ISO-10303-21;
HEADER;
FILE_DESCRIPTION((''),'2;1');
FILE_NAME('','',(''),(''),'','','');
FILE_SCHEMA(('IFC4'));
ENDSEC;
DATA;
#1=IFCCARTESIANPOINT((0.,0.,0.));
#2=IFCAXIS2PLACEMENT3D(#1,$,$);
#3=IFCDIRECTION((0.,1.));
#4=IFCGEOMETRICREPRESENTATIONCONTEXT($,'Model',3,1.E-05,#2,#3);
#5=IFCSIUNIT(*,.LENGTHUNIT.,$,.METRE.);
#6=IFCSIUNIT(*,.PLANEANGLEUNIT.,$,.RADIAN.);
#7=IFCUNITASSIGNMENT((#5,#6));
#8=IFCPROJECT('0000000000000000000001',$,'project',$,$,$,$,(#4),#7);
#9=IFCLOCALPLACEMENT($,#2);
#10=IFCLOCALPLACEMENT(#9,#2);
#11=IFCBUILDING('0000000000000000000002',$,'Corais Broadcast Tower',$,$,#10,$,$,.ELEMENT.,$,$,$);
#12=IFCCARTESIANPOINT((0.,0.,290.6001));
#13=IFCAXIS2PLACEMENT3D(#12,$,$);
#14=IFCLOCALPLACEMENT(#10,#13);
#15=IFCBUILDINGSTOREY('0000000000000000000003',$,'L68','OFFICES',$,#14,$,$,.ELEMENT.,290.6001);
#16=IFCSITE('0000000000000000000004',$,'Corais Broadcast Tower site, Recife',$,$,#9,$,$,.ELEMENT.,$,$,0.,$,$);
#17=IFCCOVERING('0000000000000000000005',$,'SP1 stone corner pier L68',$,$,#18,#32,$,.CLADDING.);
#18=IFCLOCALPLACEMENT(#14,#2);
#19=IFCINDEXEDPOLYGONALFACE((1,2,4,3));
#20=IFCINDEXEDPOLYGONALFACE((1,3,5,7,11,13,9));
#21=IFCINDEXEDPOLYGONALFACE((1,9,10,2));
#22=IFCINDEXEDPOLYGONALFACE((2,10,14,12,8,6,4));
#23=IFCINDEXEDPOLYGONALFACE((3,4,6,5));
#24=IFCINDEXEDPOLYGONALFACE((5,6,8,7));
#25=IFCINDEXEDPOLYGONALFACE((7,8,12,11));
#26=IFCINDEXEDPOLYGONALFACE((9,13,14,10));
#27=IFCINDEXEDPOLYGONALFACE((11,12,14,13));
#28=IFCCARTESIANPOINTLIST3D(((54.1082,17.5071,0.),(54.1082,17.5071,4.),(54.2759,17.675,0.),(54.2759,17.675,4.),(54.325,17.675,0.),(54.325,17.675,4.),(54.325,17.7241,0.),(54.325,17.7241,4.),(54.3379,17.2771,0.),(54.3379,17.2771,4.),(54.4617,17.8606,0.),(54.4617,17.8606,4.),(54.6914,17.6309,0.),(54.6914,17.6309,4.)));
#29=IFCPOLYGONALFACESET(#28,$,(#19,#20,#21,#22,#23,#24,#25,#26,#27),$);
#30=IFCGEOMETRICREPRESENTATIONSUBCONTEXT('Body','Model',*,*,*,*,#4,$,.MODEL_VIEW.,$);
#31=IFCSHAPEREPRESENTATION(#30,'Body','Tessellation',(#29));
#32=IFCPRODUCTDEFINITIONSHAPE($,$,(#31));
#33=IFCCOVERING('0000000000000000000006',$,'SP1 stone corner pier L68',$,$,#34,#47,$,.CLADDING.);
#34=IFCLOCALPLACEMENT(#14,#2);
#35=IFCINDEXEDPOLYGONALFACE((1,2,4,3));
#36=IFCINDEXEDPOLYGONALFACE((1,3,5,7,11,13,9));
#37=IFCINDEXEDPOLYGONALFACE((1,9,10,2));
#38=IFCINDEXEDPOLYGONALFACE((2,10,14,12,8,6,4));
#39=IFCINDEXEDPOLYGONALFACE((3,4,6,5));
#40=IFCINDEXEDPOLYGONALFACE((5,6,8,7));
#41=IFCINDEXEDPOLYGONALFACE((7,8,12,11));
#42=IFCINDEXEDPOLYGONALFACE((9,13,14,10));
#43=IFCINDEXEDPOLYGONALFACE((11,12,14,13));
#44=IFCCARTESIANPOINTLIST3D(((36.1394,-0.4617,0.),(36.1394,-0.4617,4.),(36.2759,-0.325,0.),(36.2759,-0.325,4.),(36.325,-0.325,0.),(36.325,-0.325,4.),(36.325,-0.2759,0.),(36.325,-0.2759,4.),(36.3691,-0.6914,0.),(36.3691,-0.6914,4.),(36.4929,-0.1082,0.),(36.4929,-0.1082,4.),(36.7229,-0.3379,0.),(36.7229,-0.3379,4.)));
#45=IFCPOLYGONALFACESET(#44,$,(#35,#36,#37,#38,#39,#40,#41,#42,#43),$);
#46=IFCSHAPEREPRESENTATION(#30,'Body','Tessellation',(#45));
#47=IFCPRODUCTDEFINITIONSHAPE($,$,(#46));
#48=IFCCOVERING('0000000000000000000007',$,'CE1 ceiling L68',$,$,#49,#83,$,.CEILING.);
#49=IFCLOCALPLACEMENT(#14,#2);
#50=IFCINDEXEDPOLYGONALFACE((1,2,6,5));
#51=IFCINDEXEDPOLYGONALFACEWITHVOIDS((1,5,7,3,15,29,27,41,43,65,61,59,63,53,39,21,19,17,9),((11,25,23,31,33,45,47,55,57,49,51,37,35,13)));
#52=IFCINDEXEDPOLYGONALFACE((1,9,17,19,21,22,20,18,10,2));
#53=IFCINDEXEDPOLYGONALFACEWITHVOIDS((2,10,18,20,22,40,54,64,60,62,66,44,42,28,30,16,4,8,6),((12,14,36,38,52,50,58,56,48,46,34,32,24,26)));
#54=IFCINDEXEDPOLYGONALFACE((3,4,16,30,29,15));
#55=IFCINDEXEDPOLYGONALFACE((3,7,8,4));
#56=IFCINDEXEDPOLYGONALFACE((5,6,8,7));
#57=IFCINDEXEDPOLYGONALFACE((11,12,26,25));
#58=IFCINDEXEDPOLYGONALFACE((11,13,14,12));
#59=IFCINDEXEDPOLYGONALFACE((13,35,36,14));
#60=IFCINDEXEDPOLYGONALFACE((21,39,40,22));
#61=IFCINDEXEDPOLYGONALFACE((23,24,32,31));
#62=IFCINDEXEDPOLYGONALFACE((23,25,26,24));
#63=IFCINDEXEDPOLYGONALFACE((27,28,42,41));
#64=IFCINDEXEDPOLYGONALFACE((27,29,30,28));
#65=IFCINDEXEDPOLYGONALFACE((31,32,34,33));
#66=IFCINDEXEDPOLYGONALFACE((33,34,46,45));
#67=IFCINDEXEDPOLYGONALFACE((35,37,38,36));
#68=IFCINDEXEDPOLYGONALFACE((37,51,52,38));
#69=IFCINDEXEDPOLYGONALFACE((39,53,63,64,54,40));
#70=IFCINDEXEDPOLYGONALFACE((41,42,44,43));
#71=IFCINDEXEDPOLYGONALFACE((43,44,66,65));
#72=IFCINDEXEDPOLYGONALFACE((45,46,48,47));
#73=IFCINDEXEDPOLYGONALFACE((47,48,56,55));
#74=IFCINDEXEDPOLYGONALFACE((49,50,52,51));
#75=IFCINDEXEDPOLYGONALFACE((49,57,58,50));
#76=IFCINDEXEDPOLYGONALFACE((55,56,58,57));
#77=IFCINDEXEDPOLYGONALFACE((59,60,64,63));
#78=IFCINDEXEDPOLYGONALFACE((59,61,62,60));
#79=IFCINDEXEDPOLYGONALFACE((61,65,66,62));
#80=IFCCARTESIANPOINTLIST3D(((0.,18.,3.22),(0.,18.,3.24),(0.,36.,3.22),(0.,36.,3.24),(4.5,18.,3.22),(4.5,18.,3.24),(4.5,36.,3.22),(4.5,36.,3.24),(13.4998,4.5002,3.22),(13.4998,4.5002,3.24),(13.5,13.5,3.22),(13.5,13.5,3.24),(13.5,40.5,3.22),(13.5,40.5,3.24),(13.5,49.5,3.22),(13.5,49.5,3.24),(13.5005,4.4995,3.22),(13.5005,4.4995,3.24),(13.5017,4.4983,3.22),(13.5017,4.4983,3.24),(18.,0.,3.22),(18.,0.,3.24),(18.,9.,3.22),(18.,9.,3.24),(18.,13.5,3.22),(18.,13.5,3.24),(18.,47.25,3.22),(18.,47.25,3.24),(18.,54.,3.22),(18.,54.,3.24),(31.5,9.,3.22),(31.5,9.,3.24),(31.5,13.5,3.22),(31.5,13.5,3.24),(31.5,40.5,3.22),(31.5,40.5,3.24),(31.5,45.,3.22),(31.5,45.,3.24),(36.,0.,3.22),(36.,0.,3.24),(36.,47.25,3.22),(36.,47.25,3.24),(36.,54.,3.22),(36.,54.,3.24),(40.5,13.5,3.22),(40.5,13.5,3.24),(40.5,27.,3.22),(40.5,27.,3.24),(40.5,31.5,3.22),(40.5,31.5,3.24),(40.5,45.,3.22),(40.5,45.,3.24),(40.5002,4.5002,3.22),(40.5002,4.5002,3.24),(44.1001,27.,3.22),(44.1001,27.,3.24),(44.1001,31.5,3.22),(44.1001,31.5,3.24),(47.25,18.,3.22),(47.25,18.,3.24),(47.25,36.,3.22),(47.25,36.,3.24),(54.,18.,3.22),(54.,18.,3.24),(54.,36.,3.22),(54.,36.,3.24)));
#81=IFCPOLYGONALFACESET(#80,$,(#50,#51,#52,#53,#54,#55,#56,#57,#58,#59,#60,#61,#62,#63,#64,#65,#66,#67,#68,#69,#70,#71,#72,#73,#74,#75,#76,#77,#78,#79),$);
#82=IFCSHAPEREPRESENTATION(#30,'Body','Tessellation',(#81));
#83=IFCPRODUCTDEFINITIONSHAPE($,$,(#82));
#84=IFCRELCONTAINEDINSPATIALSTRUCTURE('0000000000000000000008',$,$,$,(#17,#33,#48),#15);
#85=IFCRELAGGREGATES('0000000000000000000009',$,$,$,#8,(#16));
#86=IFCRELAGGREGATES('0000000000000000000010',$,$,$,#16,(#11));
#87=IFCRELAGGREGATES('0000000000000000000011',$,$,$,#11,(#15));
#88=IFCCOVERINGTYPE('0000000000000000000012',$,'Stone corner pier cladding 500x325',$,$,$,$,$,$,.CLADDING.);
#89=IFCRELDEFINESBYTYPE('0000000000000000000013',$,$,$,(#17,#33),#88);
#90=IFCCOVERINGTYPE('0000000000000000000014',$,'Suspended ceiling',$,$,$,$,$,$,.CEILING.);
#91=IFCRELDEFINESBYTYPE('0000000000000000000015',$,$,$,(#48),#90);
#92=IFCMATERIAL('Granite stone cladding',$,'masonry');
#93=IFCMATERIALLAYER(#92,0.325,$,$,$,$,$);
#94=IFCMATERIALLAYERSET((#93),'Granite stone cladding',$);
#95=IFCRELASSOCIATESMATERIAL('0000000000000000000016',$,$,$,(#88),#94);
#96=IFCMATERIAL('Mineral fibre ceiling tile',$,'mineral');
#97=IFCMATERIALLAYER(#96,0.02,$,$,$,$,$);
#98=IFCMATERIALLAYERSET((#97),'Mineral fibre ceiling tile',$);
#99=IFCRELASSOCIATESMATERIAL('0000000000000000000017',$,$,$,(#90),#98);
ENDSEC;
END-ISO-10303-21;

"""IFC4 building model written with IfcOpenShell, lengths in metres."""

from ifc_helpers import new_model, si_unit, direction, frame, origin, place, context, subcontext, project, spatial, polyline, outline, extrude, material, layer, layer_set, type_object, element, save


model = new_model("IFC4")

# Units and contexts
model_context = context("Model", 3, precision=1e-05, world=origin(), true_north=direction((0.0, 1.0)))
body_context = subcontext(model_context, "Body", "Model", "MODEL_VIEW")
ifc_project = project(units=[si_unit("LENGTHUNIT", "METRE"), si_unit("PLANEANGLEUNIT", "RADIAN")], contexts=[model_context])

# Site, building, storey
site_placement = place(None, origin())
site = spatial("IfcSite", under=ifc_project, at=site_placement, Name="Corais Broadcast Tower site, Recife", CompositionType="ELEMENT", RefElevation=0.0)
building_placement = place(site_placement, origin())
building = spatial("IfcBuilding", under=site, at=building_placement, Name="Corais Broadcast Tower", CompositionType="ELEMENT")
storey_placement = place(building_placement, frame((0.0, 0.0, 290.6001)))
storey = spatial("IfcBuildingStorey", under=building, at=storey_placement, Name="L68", Description="OFFICES", CompositionType="ELEMENT", Elevation=290.6001)

# Coverings
ifc_material_1 = material(Name="Granite stone cladding", Category="masonry")
ifc_layer_1 = layer(ifc_material_1, 0.325)
ifc_layer_set_1 = layer_set([ifc_layer_1], Name="Granite stone cladding")
covering_type_1 = type_object("IfcCoveringType", Name="Stone corner pier cladding 500x325", PredefinedType="CLADDING", material=ifc_layer_set_1)
covering_1_placement = place(storey_placement, origin())
element("IfcCovering", 1, at=covering_1_placement, inside=storey, type_object=covering_type_1, Name="SP1 stone corner pier L68", PredefinedType="CLADDING", context=body_context, shape_type="SweptSolid", body=[
    extrude(outline(polyline([(54.4617, 17.8606), (54.325, 17.7241), (54.325, 17.675), (54.2759, 17.675), (54.1082, 17.5071), (54.3379, 17.2771), (54.6914, 17.6309), (54.4617, 17.8606)])), origin(), (0.0, 0.0, 1.0), 4.0),
])
covering_2_placement = place(storey_placement, origin())
element("IfcCovering", 2, at=covering_2_placement, inside=storey, type_object=covering_type_1, Name="SP1 stone corner pier L68", PredefinedType="CLADDING", context=body_context, shape_type="SweptSolid", body=[
    extrude(outline(polyline([(36.2759, -0.325), (36.1394, -0.4617), (36.3691, -0.6914), (36.7229, -0.3379), (36.4929, -0.1082), (36.325, -0.2759), (36.325, -0.325), (36.2759, -0.325)])), origin(), (0.0, 0.0, 1.0), 4.0),
])
ifc_material_2 = material(Name="Mineral fibre ceiling tile", Category="mineral")
ifc_layer_2 = layer(ifc_material_2, 0.02)
ifc_layer_set_2 = layer_set([ifc_layer_2], Name="Mineral fibre ceiling tile")
covering_type_2 = type_object("IfcCoveringType", Name="Suspended ceiling", PredefinedType="CEILING", material=ifc_layer_set_2)
covering_3_placement = place(storey_placement, frame((0.0, 0.0, 3.22)))
element("IfcCovering", 3, at=covering_3_placement, inside=storey, type_object=covering_type_2, Name="CE1 ceiling L68", PredefinedType="CEILING", context=body_context, shape_type="SweptSolid", body=[
    extrude(outline(polyline([(13.5, 49.5), (18.0, 54.0), (18.0, 47.25), (36.0, 47.25), (36.0, 54.0), (54.0, 36.0), (47.25, 36.0), (47.25, 18.0), (54.0, 18.0), (40.5002, 4.5002), (36.0, 0.0), (18.0, 0.0), (13.5017, 4.4983), (13.5005, 4.4995), (13.4998, 4.5002), (0.0, 18.0), (4.5, 18.0), (4.5, 36.0), (0.0, 36.0), (13.5, 49.5)]), holes=[polyline([(44.1001, 27.0), (44.1001, 31.5), (40.5, 31.5), (40.5, 45.0), (31.5, 45.0), (31.5, 40.5), (13.5, 40.5), (13.5, 13.5), (18.0, 13.5), (18.0, 9.0), (31.5, 9.0), (31.5, 13.5), (40.5, 13.5), (40.5, 27.0), (44.1001, 27.0)])]), origin(), (0.0, 0.0, 1.0), 0.02),
])

save(model, "model.ifc")
